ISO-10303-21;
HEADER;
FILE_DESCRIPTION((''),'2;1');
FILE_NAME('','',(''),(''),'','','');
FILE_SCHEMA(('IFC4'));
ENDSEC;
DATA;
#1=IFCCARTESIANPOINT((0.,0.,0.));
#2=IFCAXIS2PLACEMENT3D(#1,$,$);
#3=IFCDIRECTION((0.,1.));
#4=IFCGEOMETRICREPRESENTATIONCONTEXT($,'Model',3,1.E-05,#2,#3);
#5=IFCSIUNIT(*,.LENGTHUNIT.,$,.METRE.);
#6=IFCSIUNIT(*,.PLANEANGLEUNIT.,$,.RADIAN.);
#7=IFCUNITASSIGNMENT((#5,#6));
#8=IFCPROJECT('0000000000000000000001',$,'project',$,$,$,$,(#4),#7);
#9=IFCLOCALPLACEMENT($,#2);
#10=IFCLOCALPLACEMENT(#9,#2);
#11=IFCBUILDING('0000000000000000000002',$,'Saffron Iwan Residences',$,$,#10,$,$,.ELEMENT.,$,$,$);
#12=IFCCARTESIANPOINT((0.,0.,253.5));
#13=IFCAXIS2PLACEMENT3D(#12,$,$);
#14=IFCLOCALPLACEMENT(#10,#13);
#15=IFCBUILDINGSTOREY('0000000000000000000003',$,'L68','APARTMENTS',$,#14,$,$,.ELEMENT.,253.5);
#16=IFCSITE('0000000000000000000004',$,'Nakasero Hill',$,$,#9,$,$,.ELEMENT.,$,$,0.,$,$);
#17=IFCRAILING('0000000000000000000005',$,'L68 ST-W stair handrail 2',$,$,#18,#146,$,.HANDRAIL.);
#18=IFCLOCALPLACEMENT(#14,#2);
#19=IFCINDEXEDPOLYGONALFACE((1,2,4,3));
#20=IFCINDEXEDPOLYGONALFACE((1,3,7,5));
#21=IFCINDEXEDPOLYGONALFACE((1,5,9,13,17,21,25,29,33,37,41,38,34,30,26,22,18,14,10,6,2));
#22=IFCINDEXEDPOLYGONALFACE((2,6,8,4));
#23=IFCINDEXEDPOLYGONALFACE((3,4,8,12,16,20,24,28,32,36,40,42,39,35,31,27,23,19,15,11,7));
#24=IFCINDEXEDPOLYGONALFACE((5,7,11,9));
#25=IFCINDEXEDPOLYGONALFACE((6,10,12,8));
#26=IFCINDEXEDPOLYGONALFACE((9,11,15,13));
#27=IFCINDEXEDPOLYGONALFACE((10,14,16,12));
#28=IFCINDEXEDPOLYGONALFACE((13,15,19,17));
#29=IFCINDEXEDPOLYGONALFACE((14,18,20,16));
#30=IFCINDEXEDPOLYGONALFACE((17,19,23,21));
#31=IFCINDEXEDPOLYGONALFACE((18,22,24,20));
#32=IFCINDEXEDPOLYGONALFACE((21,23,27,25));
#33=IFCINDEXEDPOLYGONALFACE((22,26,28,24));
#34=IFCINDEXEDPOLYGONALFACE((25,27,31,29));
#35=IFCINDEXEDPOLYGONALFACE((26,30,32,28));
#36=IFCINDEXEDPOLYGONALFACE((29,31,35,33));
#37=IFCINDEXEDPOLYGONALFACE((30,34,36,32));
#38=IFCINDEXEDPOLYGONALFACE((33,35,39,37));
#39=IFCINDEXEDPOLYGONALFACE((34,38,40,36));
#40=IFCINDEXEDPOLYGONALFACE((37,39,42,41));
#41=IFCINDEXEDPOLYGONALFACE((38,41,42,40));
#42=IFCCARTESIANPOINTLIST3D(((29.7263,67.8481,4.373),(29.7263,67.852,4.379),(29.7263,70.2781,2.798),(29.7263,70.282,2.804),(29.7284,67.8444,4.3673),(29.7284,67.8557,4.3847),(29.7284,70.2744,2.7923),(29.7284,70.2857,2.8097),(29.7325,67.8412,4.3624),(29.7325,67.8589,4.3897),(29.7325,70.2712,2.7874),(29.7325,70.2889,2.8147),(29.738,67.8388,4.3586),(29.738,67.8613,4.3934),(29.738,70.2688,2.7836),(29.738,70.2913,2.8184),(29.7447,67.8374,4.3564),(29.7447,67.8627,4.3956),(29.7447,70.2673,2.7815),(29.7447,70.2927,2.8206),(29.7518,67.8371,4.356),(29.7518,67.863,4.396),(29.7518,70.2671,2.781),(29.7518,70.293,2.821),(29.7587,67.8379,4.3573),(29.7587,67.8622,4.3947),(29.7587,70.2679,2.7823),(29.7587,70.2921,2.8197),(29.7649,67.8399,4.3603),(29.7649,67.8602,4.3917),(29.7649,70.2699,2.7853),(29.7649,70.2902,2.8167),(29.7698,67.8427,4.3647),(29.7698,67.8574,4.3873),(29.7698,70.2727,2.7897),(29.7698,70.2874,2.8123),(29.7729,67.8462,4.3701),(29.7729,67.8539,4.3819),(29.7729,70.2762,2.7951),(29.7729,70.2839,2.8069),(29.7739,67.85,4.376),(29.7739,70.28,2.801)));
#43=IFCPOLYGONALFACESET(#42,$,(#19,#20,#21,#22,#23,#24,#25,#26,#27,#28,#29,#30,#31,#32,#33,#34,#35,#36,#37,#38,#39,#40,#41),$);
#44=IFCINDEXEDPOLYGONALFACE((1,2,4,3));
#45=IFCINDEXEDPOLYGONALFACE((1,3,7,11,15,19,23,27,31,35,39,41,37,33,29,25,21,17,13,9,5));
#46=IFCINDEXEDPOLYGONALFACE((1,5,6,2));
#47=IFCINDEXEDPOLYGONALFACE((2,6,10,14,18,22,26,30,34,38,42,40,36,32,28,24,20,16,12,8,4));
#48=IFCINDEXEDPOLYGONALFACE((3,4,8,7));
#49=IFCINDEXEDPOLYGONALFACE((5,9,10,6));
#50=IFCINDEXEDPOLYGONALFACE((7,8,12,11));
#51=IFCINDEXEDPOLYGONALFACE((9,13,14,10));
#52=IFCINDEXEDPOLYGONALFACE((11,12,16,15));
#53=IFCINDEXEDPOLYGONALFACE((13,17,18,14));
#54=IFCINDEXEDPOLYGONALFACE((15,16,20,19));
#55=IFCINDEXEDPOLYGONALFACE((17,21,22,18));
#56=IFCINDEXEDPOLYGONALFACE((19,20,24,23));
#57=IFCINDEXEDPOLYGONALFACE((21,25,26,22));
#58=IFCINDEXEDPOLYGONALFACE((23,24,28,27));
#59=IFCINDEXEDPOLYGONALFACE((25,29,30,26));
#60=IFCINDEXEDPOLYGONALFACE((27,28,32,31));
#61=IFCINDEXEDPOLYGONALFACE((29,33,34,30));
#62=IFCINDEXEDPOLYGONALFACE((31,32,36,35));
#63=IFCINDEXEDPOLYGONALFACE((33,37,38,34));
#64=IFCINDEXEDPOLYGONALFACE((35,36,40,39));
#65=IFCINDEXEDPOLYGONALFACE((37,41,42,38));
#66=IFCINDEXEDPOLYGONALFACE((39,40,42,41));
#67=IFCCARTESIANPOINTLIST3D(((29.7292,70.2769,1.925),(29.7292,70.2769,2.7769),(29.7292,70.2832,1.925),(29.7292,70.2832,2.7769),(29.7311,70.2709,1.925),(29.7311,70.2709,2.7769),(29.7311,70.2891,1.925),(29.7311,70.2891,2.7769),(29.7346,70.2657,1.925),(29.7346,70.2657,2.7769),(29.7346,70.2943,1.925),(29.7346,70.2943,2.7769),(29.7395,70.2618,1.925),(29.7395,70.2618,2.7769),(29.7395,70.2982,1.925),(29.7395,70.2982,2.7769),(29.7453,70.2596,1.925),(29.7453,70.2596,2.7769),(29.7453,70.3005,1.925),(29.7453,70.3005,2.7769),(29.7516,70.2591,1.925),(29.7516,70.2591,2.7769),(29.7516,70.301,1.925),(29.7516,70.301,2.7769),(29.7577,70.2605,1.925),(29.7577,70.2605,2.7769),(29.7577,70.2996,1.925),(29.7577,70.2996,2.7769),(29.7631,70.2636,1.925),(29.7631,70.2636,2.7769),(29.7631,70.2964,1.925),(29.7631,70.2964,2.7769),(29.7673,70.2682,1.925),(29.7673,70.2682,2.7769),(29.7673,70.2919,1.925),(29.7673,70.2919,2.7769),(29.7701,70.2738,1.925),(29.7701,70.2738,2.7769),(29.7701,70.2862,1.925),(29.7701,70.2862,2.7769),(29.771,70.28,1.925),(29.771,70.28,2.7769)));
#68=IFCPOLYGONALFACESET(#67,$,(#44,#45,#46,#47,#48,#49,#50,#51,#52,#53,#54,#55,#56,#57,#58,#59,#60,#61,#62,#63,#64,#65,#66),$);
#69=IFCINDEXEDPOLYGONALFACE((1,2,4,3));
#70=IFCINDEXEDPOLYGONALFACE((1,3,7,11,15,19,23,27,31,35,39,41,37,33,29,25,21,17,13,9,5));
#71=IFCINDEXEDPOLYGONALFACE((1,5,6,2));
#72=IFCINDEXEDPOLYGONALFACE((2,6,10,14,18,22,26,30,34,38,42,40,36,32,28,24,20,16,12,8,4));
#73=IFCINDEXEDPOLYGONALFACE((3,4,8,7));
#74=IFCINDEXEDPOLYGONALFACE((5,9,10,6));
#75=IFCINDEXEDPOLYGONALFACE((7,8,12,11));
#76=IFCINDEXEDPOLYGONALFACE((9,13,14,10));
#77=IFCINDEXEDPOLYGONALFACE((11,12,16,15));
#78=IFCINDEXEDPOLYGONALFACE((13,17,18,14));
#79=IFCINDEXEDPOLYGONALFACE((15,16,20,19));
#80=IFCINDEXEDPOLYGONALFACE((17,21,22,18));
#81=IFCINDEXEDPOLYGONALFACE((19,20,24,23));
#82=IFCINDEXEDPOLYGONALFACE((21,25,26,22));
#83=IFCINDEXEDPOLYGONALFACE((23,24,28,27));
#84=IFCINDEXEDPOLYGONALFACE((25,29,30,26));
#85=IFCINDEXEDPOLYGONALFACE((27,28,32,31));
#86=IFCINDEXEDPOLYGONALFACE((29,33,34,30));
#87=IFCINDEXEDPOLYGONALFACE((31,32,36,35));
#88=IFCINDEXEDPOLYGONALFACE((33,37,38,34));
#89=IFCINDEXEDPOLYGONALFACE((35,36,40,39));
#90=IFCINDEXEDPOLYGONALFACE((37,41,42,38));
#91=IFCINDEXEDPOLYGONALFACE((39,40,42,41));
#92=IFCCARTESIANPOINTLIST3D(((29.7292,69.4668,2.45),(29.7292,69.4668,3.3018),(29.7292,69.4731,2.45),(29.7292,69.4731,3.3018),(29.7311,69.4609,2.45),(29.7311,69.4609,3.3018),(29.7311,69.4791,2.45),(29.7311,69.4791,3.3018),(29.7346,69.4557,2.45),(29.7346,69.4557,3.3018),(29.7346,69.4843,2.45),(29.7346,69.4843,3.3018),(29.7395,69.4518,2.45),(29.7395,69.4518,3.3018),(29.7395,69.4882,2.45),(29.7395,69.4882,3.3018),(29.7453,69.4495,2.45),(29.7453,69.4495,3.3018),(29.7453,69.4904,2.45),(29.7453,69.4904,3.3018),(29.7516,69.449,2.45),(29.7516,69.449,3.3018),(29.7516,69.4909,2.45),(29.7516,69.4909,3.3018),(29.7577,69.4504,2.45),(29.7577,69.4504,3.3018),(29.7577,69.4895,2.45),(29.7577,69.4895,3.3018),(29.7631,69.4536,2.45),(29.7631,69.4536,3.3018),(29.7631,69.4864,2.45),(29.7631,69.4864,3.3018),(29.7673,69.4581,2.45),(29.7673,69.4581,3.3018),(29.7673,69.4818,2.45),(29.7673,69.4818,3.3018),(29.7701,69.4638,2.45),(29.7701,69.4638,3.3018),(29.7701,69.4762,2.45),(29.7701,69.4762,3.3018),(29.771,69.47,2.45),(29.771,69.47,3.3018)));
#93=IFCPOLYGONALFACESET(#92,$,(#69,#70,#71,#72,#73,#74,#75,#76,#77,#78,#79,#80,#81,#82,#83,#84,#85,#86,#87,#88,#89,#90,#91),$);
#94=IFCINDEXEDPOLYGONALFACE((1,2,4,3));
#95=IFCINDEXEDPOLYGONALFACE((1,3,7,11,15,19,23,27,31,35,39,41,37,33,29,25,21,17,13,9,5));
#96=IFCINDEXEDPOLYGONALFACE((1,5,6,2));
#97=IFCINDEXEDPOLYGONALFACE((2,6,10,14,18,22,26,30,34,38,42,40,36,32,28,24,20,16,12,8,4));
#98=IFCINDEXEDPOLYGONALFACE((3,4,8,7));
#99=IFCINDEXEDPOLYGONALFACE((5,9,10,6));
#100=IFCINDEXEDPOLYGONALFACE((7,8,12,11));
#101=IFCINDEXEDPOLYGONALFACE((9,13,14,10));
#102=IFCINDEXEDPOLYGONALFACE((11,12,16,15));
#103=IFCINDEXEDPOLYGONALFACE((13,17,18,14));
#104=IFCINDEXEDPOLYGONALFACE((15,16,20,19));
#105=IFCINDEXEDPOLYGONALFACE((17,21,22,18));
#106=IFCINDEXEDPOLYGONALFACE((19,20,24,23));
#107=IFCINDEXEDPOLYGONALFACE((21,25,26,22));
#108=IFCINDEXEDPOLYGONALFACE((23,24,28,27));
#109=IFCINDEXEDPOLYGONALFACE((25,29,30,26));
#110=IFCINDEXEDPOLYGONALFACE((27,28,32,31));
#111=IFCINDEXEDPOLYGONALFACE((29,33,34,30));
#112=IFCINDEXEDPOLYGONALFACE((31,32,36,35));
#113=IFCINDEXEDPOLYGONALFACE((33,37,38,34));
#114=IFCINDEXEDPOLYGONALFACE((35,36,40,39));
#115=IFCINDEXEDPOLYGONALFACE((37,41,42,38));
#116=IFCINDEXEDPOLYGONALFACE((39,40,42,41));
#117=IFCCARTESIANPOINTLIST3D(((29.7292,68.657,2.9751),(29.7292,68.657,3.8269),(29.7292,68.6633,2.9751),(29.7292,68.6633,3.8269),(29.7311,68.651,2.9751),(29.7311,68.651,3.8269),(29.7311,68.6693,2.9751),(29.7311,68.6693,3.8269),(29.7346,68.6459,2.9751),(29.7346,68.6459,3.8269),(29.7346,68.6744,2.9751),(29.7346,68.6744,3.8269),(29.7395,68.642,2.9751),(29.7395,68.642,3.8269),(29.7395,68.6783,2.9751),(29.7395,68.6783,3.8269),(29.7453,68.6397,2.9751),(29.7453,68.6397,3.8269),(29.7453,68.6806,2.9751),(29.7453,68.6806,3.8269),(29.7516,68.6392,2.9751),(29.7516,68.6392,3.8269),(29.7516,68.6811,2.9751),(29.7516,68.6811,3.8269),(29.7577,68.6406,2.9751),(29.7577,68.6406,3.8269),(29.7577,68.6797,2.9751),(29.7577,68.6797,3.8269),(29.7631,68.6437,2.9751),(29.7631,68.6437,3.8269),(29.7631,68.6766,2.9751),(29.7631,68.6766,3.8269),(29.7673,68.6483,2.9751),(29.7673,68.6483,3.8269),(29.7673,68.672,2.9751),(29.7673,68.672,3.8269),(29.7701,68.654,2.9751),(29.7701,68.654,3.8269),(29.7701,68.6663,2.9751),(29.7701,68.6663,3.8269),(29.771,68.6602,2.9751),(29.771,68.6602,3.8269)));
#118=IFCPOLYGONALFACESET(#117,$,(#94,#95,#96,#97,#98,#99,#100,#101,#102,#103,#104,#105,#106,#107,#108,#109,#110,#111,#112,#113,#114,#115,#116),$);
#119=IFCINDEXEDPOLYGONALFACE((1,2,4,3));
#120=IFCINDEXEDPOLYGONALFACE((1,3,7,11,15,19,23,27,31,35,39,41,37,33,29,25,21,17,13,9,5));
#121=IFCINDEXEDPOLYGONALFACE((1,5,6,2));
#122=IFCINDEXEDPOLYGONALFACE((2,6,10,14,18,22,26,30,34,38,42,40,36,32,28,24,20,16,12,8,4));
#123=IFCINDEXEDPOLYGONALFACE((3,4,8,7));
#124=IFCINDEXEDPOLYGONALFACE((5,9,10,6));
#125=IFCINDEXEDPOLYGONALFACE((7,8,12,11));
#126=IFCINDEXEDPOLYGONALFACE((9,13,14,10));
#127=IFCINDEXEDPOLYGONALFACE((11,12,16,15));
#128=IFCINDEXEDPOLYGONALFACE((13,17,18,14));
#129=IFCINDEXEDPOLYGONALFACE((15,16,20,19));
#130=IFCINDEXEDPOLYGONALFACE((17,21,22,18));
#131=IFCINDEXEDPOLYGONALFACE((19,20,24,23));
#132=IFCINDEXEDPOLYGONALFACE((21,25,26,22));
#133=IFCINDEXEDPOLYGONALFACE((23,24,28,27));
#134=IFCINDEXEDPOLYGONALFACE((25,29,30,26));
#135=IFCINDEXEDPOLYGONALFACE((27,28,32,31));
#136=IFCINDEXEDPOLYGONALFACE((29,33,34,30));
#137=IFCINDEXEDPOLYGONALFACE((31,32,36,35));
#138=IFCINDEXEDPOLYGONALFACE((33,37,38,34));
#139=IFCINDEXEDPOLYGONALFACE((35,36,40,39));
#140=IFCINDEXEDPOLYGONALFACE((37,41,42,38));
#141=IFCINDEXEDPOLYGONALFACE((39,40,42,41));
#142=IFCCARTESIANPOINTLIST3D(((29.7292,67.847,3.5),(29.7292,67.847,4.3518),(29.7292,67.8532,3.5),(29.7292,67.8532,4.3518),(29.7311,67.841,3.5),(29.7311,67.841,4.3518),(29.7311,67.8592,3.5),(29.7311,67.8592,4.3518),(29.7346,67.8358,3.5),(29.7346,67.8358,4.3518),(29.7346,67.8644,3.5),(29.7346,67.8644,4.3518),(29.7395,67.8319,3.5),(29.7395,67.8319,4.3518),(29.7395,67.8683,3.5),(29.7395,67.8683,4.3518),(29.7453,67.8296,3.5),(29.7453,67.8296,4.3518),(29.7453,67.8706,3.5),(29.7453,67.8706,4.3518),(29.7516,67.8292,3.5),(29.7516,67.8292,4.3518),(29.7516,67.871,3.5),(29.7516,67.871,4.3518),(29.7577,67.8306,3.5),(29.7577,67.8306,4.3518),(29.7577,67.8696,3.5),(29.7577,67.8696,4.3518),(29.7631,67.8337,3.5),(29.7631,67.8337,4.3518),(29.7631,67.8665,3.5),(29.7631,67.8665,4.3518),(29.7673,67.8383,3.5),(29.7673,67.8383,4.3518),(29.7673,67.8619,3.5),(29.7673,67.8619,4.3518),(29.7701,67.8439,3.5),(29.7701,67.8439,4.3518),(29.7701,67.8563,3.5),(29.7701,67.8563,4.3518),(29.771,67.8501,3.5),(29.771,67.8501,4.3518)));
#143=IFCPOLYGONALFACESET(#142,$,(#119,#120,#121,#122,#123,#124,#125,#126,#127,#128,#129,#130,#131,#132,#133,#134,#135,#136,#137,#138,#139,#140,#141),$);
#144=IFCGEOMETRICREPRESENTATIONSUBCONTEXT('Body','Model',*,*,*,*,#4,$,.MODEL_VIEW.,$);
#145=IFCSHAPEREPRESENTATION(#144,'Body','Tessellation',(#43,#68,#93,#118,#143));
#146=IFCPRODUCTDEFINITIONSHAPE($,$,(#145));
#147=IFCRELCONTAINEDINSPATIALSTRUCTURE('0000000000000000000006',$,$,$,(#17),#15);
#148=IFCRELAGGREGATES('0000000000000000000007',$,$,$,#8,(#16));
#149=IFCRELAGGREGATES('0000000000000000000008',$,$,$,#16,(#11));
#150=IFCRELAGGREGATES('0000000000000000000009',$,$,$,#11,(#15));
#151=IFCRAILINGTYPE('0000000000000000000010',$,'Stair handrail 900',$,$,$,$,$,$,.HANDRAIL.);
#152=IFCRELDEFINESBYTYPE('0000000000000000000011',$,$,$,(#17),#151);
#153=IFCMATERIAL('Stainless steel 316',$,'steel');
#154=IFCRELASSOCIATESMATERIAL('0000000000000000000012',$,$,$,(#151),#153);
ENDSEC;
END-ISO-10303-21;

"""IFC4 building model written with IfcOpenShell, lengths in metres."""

from ifc_helpers import new_model, si_unit, direction, frame, origin, origin_2d, place, context, subcontext, project, spatial, circle, extrude, material, type_object, element, save


model = new_model("IFC4")

# Units and contexts
model_context = context("Model", 3, precision=1e-05, world=origin(), true_north=direction((0.0, 1.0)))
body_context = subcontext(model_context, "Body", "Model", "MODEL_VIEW")
ifc_project = project(units=[si_unit("LENGTHUNIT", "METRE"), si_unit("PLANEANGLEUNIT", "RADIAN")], contexts=[model_context])

# Site, building, storey
site_placement = place(None, origin())
site = spatial("IfcSite", under=ifc_project, at=site_placement, Name="Nakasero Hill", CompositionType="ELEMENT", RefElevation=0.0)
building_placement = place(site_placement, origin())
building = spatial("IfcBuilding", under=site, at=building_placement, Name="Saffron Iwan Residences", CompositionType="ELEMENT")
storey_placement = place(building_placement, frame((0.0, 0.0, 253.5)))
storey = spatial("IfcBuildingStorey", under=building, at=storey_placement, Name="L68", Description="APARTMENTS", CompositionType="ELEMENT", Elevation=253.5)

# Railing
ifc_material_1 = material(Name="Stainless steel 316", Category="steel")
railing_type_1 = type_object("IfcRailingType", Name="Stair handrail 900", PredefinedType="HANDRAIL", material=ifc_material_1)
railing_1_placement = place(storey_placement, frame((29.75, 70.28, 1.925)))
element("IfcRailing", 1, at=railing_1_placement, inside=storey, type_object=railing_type_1, Name="L68 ST-W stair handrail 2", PredefinedType="HANDRAIL", context=body_context, shape_type="SweptSolid", body=[
    extrude(circle(Radius=0.0239, at=origin_2d()), frame((0.0, 0.0, 0.876), z_axis=(0.0, -0.839154, 0.543894), x_axis=(1.0, 0.0, 0.0)), (0.0, 0.0, 1.0), 2.8958),
    extrude(circle(Radius=0.021, at=origin_2d()), origin(), (0.0, 0.0, 1.0), 0.8518),
    extrude(circle(Radius=0.021, at=origin_2d()), frame((0.0, -0.8101, 0.5249)), (0.0, 0.0, 1.0), 0.8518),
    extrude(circle(Radius=0.021, at=origin_2d()), frame((0.0, -1.6199, 1.05)), (0.0, 0.0, 1.0), 0.8518),
    extrude(circle(Radius=0.021, at=origin_2d()), frame((0.0, -2.4299, 1.575)), (0.0, 0.0, 1.0), 0.8518),
])

save(model, "model.ifc")
